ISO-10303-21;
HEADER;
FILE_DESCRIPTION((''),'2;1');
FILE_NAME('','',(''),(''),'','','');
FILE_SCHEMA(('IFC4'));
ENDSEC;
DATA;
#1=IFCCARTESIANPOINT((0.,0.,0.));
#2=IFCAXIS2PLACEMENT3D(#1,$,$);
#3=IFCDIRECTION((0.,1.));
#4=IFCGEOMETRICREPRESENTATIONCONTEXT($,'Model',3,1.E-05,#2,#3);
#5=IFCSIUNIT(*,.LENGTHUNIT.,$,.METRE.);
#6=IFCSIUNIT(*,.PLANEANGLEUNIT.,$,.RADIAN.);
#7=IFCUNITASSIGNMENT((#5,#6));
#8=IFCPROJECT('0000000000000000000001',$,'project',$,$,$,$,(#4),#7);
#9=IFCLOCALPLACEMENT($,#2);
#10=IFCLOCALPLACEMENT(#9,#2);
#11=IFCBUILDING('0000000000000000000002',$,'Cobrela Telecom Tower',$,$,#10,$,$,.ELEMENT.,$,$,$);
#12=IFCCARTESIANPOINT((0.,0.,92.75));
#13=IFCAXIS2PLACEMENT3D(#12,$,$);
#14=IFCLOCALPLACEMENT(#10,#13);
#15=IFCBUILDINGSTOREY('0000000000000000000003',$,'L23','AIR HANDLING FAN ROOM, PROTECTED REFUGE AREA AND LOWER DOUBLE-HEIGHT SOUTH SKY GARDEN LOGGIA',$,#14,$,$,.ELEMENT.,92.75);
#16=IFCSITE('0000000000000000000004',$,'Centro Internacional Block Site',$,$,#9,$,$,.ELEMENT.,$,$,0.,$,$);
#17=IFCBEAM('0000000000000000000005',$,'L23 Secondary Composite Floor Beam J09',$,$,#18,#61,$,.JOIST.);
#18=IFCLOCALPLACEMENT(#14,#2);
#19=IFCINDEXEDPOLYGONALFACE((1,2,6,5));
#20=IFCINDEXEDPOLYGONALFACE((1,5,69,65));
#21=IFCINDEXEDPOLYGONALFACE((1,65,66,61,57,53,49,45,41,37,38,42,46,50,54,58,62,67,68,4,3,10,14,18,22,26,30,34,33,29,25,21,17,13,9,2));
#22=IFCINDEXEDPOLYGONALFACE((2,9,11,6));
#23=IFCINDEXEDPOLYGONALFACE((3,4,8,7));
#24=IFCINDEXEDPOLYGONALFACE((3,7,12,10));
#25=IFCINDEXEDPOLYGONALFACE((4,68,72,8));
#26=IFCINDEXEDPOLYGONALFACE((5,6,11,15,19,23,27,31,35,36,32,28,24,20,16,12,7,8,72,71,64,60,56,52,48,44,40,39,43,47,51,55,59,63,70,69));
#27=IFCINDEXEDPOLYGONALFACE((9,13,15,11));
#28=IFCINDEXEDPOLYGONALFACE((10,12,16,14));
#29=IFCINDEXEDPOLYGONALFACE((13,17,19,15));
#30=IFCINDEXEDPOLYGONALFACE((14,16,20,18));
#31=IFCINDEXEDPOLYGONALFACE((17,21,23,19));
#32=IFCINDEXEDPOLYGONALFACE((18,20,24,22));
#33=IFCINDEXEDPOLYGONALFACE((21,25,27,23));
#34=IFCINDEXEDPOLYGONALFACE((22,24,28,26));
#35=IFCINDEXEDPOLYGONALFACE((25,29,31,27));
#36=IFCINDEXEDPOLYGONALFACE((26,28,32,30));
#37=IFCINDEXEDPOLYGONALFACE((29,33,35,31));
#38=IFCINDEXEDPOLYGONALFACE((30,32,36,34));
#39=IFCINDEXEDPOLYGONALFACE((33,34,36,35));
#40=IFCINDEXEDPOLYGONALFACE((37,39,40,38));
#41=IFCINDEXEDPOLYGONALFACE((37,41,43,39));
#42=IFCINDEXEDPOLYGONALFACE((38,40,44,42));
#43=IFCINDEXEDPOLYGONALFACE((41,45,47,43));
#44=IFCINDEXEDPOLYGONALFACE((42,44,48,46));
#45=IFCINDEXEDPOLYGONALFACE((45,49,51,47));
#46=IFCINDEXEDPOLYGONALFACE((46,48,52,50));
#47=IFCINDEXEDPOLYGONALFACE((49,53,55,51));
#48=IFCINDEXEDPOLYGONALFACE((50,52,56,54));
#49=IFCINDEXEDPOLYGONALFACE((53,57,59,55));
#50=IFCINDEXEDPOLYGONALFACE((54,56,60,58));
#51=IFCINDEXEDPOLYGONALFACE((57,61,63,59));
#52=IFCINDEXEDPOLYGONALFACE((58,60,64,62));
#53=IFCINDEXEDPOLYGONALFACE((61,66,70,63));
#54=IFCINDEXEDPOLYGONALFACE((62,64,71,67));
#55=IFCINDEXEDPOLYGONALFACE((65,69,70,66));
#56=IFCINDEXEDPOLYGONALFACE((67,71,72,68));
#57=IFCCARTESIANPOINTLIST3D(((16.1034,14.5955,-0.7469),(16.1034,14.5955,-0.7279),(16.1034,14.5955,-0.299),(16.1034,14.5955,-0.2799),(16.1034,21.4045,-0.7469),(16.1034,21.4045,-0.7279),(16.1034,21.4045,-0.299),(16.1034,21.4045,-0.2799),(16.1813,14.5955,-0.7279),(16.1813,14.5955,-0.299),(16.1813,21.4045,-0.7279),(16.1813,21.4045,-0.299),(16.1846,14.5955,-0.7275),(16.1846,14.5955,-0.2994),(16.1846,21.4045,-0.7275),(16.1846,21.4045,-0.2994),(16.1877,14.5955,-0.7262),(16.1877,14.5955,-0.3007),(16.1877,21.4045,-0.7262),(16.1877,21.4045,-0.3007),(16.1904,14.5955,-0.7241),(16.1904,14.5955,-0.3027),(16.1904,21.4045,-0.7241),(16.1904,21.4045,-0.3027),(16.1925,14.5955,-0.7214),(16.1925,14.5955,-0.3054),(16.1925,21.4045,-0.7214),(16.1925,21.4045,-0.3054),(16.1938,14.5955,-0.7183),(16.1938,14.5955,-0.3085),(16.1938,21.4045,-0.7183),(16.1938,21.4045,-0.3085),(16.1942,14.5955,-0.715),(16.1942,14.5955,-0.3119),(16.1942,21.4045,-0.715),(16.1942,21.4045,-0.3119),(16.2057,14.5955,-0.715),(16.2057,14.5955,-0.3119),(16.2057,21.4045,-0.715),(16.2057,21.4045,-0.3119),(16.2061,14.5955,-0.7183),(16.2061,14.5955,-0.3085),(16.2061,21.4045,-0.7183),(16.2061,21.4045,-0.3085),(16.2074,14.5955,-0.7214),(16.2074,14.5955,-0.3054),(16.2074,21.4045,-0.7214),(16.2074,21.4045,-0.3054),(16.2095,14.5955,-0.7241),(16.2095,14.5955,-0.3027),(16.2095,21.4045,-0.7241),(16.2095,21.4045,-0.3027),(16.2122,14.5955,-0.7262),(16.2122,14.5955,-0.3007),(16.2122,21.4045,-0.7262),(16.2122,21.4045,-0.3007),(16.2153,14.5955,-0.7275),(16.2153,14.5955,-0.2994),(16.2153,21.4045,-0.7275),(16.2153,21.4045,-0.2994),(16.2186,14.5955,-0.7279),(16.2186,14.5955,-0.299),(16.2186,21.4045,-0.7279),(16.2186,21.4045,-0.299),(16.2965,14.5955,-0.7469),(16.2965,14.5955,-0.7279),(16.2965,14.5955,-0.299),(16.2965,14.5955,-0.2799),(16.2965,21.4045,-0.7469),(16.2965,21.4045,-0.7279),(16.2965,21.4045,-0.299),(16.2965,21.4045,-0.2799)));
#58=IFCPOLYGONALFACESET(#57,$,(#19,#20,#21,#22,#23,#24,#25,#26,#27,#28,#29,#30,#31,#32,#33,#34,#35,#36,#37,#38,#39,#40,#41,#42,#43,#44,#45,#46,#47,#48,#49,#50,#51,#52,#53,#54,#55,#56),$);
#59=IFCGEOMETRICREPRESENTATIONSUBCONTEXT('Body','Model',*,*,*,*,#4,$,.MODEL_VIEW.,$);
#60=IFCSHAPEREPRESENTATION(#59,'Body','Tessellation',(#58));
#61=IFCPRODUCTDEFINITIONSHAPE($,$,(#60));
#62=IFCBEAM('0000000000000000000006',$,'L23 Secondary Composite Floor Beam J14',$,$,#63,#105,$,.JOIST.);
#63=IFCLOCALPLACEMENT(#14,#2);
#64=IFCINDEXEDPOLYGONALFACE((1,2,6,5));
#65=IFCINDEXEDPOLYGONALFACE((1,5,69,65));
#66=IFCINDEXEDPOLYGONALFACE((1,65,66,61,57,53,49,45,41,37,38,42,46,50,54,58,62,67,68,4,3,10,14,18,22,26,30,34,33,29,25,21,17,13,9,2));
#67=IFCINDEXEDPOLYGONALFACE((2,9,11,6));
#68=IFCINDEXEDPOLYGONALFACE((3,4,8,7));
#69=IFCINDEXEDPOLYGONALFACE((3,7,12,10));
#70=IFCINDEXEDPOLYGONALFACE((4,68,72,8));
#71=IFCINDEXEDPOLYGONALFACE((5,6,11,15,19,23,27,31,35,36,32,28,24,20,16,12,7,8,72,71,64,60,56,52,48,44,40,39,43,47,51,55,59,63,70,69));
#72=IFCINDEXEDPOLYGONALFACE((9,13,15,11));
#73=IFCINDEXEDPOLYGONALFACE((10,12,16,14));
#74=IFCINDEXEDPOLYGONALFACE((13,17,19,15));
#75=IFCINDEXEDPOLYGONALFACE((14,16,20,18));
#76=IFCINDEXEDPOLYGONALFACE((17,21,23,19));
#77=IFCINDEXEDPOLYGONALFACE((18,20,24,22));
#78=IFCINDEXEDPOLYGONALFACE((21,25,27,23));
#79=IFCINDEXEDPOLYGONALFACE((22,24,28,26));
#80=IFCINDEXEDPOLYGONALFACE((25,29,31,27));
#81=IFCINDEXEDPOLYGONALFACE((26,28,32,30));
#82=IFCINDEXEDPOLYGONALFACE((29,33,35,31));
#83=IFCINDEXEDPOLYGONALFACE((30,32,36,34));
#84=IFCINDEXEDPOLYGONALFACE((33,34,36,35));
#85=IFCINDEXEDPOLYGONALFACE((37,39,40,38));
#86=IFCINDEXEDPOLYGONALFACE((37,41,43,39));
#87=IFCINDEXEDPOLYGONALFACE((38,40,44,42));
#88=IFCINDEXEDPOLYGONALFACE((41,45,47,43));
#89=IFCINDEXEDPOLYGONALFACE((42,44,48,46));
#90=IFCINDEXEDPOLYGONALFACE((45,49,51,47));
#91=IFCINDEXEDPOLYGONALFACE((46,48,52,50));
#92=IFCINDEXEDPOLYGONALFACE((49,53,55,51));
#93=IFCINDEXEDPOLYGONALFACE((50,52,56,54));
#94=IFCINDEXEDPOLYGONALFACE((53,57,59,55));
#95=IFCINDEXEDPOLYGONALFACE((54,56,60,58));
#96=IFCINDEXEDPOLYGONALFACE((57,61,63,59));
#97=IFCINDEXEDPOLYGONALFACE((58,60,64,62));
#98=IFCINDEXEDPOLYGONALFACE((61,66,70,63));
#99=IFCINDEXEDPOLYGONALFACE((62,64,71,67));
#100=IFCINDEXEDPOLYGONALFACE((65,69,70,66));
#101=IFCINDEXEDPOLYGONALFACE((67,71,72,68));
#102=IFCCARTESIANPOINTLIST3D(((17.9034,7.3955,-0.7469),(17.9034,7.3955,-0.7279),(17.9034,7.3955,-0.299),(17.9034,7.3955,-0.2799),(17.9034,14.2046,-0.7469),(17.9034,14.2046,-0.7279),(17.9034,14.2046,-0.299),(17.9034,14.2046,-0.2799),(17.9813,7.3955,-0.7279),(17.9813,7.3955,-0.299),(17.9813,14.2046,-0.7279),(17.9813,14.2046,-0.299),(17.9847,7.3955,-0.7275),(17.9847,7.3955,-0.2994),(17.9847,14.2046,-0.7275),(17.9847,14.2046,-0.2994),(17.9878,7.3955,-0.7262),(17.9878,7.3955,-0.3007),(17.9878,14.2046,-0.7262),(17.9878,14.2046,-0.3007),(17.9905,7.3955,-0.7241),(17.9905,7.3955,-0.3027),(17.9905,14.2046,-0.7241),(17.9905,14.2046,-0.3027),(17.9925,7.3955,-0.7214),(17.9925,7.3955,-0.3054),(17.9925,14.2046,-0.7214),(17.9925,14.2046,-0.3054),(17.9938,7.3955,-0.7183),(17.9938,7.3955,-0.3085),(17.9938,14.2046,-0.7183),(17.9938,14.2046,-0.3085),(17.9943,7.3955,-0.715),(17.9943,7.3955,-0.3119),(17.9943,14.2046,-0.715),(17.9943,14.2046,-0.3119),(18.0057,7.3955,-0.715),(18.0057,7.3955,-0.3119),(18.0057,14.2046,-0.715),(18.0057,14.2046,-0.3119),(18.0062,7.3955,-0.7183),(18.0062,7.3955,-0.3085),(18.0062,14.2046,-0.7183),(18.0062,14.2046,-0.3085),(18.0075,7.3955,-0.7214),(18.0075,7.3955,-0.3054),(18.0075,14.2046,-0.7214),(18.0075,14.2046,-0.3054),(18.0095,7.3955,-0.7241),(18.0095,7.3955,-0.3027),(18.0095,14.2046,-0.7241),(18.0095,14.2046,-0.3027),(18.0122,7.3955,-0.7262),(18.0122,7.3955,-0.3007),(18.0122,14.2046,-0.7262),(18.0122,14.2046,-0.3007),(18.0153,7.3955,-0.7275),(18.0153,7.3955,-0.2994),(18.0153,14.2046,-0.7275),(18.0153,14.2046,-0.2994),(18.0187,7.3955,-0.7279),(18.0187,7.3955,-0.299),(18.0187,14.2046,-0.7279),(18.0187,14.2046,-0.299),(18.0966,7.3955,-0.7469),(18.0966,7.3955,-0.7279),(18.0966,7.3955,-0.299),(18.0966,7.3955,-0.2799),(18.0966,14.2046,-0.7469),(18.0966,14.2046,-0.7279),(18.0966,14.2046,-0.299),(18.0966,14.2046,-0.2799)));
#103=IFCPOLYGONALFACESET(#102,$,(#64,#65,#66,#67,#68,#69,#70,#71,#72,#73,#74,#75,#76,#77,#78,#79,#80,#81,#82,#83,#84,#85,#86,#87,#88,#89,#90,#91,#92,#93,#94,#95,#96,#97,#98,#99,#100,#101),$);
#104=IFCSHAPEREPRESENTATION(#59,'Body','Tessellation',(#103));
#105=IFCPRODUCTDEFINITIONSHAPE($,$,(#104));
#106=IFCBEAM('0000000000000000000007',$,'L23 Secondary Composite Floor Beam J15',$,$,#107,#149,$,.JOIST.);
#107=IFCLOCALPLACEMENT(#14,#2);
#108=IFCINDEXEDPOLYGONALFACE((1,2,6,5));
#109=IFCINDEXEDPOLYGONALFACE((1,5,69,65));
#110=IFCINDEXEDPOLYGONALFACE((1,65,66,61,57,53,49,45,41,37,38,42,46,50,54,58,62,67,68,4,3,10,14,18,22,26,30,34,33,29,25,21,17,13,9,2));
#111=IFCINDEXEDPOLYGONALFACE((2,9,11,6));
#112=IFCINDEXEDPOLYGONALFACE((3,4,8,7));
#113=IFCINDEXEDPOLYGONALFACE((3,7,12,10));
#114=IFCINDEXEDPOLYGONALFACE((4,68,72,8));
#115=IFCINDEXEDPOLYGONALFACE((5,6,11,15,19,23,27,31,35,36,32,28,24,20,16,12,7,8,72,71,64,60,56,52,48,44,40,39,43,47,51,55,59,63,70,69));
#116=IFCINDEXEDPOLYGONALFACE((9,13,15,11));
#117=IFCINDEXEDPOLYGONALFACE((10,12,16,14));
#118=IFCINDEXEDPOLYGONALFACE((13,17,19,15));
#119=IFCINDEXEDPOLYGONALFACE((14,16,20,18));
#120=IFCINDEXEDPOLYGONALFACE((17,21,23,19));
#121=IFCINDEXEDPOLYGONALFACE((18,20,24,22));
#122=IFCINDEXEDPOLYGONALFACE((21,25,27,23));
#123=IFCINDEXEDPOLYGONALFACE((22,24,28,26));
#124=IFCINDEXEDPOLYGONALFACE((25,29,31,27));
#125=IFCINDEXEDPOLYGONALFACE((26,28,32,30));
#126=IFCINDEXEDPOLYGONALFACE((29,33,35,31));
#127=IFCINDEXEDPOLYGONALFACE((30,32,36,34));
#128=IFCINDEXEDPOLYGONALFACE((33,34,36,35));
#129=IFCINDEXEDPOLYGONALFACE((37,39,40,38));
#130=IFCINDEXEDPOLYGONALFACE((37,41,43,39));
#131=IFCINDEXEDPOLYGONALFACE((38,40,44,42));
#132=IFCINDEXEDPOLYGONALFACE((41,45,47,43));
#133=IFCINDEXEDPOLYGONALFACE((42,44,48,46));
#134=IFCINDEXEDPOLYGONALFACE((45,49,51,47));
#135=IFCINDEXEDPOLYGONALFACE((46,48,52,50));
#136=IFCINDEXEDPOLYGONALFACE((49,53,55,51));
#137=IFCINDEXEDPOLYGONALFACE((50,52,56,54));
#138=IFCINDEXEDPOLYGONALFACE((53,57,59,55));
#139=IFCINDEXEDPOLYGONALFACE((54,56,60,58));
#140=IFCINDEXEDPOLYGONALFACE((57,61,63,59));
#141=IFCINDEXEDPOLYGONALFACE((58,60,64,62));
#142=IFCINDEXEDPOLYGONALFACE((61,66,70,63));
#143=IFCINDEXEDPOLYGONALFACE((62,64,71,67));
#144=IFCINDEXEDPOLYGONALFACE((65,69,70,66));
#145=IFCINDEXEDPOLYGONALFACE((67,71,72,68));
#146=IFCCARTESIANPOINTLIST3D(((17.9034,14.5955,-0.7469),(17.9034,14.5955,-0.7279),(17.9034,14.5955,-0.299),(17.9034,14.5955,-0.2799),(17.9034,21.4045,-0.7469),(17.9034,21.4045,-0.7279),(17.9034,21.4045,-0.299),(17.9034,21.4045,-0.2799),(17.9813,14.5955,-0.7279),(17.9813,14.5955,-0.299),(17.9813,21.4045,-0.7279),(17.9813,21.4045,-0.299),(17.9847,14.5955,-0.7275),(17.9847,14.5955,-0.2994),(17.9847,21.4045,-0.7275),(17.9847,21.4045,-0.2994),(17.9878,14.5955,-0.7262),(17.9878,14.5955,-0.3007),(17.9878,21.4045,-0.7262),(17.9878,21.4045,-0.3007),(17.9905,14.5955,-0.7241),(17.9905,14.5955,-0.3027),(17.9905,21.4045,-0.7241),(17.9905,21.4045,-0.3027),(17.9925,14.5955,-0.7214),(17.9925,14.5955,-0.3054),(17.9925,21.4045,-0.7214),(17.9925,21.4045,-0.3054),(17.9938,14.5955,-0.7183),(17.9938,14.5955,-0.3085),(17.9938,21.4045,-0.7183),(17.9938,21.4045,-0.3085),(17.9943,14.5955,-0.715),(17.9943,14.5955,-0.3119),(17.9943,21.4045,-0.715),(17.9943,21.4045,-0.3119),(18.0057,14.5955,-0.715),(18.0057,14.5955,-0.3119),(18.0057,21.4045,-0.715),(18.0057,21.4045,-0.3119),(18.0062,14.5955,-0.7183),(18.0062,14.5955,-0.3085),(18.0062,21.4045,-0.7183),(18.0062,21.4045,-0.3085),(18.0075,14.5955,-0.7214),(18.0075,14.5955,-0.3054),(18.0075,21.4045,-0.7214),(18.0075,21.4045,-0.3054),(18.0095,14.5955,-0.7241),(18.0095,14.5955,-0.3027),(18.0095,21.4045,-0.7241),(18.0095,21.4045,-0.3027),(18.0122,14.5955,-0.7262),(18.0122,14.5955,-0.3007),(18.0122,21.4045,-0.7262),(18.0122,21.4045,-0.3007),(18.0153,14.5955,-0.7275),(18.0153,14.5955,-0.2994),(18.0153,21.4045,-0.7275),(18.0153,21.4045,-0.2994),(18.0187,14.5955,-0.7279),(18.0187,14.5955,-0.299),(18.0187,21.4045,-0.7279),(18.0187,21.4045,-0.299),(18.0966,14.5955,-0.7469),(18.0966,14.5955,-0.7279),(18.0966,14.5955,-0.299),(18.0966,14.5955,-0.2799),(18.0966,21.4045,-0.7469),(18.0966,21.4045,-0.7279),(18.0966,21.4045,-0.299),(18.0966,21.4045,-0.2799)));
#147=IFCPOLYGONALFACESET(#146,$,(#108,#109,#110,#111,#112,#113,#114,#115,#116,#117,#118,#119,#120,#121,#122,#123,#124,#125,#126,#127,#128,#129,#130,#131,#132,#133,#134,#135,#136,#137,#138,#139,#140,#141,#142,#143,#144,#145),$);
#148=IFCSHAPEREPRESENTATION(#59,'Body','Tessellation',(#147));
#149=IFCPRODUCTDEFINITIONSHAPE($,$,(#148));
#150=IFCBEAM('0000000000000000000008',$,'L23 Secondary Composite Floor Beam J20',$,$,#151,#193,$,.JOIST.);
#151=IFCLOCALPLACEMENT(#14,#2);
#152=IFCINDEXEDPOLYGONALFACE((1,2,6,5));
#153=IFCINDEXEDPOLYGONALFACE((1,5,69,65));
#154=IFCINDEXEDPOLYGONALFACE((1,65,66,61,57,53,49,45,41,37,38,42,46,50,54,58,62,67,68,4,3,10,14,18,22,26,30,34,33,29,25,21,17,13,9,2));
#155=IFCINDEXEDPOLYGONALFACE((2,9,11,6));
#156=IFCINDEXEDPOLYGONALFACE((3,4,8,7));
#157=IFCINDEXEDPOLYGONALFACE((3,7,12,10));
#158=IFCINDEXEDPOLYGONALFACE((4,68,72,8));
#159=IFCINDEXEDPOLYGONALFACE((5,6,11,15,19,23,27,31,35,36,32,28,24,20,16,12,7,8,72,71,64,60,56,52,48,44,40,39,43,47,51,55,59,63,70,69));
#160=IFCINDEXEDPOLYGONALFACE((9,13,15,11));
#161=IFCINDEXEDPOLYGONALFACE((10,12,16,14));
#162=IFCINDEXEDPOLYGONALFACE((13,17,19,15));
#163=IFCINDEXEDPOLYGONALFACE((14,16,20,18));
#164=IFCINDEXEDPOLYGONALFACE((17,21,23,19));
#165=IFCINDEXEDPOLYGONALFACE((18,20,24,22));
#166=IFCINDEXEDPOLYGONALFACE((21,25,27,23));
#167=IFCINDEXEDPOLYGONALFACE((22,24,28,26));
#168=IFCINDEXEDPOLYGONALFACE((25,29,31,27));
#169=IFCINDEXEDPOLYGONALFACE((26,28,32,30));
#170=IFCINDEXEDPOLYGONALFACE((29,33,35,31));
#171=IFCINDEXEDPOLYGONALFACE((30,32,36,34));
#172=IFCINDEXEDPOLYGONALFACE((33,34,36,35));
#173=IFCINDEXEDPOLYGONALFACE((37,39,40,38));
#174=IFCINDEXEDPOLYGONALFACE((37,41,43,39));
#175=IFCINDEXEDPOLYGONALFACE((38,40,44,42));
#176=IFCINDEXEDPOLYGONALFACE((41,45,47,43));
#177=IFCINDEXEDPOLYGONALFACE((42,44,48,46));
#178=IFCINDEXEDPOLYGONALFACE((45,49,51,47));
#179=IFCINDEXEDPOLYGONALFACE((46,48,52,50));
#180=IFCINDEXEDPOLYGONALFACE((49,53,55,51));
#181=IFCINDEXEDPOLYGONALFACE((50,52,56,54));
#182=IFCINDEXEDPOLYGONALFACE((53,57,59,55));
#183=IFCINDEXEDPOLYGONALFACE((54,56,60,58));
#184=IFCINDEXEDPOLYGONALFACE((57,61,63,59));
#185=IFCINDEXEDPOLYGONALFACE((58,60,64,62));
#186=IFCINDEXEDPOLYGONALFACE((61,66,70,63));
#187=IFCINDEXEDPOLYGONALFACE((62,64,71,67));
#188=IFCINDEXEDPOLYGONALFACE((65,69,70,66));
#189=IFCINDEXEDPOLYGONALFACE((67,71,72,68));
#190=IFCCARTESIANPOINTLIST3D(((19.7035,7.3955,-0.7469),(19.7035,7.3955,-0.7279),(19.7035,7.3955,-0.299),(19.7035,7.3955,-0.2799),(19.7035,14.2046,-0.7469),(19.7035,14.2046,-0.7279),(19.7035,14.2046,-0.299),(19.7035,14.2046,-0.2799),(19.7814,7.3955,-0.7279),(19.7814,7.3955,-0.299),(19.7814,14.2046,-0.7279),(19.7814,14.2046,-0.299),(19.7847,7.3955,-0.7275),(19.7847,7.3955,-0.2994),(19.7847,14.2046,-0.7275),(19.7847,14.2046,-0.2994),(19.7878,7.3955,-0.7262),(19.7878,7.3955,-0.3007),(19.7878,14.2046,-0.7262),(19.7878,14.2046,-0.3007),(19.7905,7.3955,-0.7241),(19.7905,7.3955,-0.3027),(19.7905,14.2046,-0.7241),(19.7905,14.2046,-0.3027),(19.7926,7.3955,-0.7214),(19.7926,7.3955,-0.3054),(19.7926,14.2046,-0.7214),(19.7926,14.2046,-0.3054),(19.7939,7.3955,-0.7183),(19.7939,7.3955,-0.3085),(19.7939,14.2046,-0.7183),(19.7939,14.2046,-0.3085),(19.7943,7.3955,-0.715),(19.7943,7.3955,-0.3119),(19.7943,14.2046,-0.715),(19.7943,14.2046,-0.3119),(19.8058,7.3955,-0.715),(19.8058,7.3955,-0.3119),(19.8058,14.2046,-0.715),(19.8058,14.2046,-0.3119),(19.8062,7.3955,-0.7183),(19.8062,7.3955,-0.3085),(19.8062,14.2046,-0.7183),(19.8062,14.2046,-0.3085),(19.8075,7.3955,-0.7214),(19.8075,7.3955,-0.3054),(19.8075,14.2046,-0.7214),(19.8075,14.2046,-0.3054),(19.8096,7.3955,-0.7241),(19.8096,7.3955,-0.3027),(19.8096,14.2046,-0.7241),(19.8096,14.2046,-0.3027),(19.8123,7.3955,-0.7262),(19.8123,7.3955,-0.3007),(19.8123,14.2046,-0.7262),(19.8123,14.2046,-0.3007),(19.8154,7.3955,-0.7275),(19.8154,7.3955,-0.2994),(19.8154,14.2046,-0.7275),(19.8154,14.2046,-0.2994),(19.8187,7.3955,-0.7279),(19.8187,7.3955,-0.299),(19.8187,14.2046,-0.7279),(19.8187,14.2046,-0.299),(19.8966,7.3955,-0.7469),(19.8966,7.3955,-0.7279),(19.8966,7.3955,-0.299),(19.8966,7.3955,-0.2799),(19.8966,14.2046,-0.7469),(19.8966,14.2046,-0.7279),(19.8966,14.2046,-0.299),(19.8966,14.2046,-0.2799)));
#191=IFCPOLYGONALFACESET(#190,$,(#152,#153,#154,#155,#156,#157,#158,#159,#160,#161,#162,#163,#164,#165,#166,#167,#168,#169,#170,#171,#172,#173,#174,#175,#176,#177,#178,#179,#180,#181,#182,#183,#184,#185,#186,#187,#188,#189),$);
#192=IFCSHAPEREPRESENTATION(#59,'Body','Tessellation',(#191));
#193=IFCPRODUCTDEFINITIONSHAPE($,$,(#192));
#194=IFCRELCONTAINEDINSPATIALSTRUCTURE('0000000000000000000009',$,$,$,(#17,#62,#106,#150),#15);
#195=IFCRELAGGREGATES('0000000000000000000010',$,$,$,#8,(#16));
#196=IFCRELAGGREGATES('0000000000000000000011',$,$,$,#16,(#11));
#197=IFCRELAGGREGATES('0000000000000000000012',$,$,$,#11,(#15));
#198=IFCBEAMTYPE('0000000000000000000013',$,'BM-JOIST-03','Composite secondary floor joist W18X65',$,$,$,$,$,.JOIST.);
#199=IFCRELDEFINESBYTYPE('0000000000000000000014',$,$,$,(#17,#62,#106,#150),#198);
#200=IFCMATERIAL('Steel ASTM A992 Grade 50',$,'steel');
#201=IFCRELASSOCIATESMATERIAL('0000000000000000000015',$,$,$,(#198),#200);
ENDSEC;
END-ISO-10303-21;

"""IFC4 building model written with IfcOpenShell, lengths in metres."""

from ifc_helpers import new_model, si_unit, direction, frame, origin, origin_2d, place, context, subcontext, project, spatial, i_section, extrude, material, material_profile, profile_set, type_object, element, save


model = new_model("IFC4")

# Units and contexts
model_context = context("Model", 3, precision=1e-05, world=origin(), true_north=direction((0.0, 1.0)))
body_context = subcontext(model_context, "Body", "Model", "MODEL_VIEW")
ifc_project = project(units=[si_unit("LENGTHUNIT", "METRE"), si_unit("PLANEANGLEUNIT", "RADIAN")], contexts=[model_context])

# Site, building, storey
site_placement = place(None, origin())
site = spatial("IfcSite", under=ifc_project, at=site_placement, Name="Centro Internacional Block Site", CompositionType="ELEMENT", RefElevation=0.0)
building_placement = place(site_placement, origin())
building = spatial("IfcBuilding", under=site, at=building_placement, Name="Cobrela Telecom Tower", CompositionType="ELEMENT")
storey_placement = place(building_placement, frame((0.0, 0.0, 92.75)))
storey = spatial("IfcBuildingStorey", under=building, at=storey_placement, Name="L23", Description="AIR HANDLING FAN ROOM, PROTECTED REFUGE AREA AND LOWER DOUBLE-HEIGHT SOUTH SKY GARDEN LOGGIA", CompositionType="ELEMENT", Elevation=92.75)

# Shared definitions
ifc_material_1 = material(Name="Steel ASTM A992 Grade 50", Category="steel")

# Beams
ifc_material_profile_1 = material_profile(ifc_material_1, i_section(OverallWidth=0.1931, OverallDepth=0.467, WebThickness=0.0115, FlangeThickness=0.019, FilletRadius=0.0129, at=origin_2d()), Name="W18X65")
ifc_profile_set_1 = profile_set([ifc_material_profile_1], Name="Steel ASTM A992 Grade 50")
beam_type_1 = type_object("IfcBeamType", Name="BM-JOIST-03", Description="Composite secondary floor joist W18X65", PredefinedType="JOIST", material=ifc_profile_set_1)
for number, where, z_axis, x_axis, name in (
    (1, (16.2, 14.5955, -0.5134), (0.0, 1.0, 0.0), (-1.0, 0.0, 0.0), "L23 Secondary Composite Floor Beam J09"),
    (2, (18.0, 7.3955, -0.5134), (0.0, 1.0, 0.0), (-1.0, 0.0, 0.0), "L23 Secondary Composite Floor Beam J14"),
    (3, (18.0, 14.5955, -0.5134), (0.0, 1.0, 0.0), (-1.0, 0.0, 0.0), "L23 Secondary Composite Floor Beam J15"),
    (4, (19.8, 7.3955, -0.5134), (0.0, 1.0, 0.0), (-1.0, 0.0, 0.0), "L23 Secondary Composite Floor Beam J20"),
):
    element("IfcBeam", number, at=place(storey_placement, frame(where, z_axis=z_axis, x_axis=x_axis)), inside=storey, type_object=beam_type_1, Name=name, PredefinedType="JOIST", context=body_context, shape_type="SweptSolid", body=[
        extrude(i_section(OverallWidth=0.1931, OverallDepth=0.467, WebThickness=0.0115, FlangeThickness=0.019, FilletRadius=0.0129, at=origin_2d()), origin(), (0.0, 0.0, 1.0), 6.8091),
    ])

save(model, "model.ifc")
